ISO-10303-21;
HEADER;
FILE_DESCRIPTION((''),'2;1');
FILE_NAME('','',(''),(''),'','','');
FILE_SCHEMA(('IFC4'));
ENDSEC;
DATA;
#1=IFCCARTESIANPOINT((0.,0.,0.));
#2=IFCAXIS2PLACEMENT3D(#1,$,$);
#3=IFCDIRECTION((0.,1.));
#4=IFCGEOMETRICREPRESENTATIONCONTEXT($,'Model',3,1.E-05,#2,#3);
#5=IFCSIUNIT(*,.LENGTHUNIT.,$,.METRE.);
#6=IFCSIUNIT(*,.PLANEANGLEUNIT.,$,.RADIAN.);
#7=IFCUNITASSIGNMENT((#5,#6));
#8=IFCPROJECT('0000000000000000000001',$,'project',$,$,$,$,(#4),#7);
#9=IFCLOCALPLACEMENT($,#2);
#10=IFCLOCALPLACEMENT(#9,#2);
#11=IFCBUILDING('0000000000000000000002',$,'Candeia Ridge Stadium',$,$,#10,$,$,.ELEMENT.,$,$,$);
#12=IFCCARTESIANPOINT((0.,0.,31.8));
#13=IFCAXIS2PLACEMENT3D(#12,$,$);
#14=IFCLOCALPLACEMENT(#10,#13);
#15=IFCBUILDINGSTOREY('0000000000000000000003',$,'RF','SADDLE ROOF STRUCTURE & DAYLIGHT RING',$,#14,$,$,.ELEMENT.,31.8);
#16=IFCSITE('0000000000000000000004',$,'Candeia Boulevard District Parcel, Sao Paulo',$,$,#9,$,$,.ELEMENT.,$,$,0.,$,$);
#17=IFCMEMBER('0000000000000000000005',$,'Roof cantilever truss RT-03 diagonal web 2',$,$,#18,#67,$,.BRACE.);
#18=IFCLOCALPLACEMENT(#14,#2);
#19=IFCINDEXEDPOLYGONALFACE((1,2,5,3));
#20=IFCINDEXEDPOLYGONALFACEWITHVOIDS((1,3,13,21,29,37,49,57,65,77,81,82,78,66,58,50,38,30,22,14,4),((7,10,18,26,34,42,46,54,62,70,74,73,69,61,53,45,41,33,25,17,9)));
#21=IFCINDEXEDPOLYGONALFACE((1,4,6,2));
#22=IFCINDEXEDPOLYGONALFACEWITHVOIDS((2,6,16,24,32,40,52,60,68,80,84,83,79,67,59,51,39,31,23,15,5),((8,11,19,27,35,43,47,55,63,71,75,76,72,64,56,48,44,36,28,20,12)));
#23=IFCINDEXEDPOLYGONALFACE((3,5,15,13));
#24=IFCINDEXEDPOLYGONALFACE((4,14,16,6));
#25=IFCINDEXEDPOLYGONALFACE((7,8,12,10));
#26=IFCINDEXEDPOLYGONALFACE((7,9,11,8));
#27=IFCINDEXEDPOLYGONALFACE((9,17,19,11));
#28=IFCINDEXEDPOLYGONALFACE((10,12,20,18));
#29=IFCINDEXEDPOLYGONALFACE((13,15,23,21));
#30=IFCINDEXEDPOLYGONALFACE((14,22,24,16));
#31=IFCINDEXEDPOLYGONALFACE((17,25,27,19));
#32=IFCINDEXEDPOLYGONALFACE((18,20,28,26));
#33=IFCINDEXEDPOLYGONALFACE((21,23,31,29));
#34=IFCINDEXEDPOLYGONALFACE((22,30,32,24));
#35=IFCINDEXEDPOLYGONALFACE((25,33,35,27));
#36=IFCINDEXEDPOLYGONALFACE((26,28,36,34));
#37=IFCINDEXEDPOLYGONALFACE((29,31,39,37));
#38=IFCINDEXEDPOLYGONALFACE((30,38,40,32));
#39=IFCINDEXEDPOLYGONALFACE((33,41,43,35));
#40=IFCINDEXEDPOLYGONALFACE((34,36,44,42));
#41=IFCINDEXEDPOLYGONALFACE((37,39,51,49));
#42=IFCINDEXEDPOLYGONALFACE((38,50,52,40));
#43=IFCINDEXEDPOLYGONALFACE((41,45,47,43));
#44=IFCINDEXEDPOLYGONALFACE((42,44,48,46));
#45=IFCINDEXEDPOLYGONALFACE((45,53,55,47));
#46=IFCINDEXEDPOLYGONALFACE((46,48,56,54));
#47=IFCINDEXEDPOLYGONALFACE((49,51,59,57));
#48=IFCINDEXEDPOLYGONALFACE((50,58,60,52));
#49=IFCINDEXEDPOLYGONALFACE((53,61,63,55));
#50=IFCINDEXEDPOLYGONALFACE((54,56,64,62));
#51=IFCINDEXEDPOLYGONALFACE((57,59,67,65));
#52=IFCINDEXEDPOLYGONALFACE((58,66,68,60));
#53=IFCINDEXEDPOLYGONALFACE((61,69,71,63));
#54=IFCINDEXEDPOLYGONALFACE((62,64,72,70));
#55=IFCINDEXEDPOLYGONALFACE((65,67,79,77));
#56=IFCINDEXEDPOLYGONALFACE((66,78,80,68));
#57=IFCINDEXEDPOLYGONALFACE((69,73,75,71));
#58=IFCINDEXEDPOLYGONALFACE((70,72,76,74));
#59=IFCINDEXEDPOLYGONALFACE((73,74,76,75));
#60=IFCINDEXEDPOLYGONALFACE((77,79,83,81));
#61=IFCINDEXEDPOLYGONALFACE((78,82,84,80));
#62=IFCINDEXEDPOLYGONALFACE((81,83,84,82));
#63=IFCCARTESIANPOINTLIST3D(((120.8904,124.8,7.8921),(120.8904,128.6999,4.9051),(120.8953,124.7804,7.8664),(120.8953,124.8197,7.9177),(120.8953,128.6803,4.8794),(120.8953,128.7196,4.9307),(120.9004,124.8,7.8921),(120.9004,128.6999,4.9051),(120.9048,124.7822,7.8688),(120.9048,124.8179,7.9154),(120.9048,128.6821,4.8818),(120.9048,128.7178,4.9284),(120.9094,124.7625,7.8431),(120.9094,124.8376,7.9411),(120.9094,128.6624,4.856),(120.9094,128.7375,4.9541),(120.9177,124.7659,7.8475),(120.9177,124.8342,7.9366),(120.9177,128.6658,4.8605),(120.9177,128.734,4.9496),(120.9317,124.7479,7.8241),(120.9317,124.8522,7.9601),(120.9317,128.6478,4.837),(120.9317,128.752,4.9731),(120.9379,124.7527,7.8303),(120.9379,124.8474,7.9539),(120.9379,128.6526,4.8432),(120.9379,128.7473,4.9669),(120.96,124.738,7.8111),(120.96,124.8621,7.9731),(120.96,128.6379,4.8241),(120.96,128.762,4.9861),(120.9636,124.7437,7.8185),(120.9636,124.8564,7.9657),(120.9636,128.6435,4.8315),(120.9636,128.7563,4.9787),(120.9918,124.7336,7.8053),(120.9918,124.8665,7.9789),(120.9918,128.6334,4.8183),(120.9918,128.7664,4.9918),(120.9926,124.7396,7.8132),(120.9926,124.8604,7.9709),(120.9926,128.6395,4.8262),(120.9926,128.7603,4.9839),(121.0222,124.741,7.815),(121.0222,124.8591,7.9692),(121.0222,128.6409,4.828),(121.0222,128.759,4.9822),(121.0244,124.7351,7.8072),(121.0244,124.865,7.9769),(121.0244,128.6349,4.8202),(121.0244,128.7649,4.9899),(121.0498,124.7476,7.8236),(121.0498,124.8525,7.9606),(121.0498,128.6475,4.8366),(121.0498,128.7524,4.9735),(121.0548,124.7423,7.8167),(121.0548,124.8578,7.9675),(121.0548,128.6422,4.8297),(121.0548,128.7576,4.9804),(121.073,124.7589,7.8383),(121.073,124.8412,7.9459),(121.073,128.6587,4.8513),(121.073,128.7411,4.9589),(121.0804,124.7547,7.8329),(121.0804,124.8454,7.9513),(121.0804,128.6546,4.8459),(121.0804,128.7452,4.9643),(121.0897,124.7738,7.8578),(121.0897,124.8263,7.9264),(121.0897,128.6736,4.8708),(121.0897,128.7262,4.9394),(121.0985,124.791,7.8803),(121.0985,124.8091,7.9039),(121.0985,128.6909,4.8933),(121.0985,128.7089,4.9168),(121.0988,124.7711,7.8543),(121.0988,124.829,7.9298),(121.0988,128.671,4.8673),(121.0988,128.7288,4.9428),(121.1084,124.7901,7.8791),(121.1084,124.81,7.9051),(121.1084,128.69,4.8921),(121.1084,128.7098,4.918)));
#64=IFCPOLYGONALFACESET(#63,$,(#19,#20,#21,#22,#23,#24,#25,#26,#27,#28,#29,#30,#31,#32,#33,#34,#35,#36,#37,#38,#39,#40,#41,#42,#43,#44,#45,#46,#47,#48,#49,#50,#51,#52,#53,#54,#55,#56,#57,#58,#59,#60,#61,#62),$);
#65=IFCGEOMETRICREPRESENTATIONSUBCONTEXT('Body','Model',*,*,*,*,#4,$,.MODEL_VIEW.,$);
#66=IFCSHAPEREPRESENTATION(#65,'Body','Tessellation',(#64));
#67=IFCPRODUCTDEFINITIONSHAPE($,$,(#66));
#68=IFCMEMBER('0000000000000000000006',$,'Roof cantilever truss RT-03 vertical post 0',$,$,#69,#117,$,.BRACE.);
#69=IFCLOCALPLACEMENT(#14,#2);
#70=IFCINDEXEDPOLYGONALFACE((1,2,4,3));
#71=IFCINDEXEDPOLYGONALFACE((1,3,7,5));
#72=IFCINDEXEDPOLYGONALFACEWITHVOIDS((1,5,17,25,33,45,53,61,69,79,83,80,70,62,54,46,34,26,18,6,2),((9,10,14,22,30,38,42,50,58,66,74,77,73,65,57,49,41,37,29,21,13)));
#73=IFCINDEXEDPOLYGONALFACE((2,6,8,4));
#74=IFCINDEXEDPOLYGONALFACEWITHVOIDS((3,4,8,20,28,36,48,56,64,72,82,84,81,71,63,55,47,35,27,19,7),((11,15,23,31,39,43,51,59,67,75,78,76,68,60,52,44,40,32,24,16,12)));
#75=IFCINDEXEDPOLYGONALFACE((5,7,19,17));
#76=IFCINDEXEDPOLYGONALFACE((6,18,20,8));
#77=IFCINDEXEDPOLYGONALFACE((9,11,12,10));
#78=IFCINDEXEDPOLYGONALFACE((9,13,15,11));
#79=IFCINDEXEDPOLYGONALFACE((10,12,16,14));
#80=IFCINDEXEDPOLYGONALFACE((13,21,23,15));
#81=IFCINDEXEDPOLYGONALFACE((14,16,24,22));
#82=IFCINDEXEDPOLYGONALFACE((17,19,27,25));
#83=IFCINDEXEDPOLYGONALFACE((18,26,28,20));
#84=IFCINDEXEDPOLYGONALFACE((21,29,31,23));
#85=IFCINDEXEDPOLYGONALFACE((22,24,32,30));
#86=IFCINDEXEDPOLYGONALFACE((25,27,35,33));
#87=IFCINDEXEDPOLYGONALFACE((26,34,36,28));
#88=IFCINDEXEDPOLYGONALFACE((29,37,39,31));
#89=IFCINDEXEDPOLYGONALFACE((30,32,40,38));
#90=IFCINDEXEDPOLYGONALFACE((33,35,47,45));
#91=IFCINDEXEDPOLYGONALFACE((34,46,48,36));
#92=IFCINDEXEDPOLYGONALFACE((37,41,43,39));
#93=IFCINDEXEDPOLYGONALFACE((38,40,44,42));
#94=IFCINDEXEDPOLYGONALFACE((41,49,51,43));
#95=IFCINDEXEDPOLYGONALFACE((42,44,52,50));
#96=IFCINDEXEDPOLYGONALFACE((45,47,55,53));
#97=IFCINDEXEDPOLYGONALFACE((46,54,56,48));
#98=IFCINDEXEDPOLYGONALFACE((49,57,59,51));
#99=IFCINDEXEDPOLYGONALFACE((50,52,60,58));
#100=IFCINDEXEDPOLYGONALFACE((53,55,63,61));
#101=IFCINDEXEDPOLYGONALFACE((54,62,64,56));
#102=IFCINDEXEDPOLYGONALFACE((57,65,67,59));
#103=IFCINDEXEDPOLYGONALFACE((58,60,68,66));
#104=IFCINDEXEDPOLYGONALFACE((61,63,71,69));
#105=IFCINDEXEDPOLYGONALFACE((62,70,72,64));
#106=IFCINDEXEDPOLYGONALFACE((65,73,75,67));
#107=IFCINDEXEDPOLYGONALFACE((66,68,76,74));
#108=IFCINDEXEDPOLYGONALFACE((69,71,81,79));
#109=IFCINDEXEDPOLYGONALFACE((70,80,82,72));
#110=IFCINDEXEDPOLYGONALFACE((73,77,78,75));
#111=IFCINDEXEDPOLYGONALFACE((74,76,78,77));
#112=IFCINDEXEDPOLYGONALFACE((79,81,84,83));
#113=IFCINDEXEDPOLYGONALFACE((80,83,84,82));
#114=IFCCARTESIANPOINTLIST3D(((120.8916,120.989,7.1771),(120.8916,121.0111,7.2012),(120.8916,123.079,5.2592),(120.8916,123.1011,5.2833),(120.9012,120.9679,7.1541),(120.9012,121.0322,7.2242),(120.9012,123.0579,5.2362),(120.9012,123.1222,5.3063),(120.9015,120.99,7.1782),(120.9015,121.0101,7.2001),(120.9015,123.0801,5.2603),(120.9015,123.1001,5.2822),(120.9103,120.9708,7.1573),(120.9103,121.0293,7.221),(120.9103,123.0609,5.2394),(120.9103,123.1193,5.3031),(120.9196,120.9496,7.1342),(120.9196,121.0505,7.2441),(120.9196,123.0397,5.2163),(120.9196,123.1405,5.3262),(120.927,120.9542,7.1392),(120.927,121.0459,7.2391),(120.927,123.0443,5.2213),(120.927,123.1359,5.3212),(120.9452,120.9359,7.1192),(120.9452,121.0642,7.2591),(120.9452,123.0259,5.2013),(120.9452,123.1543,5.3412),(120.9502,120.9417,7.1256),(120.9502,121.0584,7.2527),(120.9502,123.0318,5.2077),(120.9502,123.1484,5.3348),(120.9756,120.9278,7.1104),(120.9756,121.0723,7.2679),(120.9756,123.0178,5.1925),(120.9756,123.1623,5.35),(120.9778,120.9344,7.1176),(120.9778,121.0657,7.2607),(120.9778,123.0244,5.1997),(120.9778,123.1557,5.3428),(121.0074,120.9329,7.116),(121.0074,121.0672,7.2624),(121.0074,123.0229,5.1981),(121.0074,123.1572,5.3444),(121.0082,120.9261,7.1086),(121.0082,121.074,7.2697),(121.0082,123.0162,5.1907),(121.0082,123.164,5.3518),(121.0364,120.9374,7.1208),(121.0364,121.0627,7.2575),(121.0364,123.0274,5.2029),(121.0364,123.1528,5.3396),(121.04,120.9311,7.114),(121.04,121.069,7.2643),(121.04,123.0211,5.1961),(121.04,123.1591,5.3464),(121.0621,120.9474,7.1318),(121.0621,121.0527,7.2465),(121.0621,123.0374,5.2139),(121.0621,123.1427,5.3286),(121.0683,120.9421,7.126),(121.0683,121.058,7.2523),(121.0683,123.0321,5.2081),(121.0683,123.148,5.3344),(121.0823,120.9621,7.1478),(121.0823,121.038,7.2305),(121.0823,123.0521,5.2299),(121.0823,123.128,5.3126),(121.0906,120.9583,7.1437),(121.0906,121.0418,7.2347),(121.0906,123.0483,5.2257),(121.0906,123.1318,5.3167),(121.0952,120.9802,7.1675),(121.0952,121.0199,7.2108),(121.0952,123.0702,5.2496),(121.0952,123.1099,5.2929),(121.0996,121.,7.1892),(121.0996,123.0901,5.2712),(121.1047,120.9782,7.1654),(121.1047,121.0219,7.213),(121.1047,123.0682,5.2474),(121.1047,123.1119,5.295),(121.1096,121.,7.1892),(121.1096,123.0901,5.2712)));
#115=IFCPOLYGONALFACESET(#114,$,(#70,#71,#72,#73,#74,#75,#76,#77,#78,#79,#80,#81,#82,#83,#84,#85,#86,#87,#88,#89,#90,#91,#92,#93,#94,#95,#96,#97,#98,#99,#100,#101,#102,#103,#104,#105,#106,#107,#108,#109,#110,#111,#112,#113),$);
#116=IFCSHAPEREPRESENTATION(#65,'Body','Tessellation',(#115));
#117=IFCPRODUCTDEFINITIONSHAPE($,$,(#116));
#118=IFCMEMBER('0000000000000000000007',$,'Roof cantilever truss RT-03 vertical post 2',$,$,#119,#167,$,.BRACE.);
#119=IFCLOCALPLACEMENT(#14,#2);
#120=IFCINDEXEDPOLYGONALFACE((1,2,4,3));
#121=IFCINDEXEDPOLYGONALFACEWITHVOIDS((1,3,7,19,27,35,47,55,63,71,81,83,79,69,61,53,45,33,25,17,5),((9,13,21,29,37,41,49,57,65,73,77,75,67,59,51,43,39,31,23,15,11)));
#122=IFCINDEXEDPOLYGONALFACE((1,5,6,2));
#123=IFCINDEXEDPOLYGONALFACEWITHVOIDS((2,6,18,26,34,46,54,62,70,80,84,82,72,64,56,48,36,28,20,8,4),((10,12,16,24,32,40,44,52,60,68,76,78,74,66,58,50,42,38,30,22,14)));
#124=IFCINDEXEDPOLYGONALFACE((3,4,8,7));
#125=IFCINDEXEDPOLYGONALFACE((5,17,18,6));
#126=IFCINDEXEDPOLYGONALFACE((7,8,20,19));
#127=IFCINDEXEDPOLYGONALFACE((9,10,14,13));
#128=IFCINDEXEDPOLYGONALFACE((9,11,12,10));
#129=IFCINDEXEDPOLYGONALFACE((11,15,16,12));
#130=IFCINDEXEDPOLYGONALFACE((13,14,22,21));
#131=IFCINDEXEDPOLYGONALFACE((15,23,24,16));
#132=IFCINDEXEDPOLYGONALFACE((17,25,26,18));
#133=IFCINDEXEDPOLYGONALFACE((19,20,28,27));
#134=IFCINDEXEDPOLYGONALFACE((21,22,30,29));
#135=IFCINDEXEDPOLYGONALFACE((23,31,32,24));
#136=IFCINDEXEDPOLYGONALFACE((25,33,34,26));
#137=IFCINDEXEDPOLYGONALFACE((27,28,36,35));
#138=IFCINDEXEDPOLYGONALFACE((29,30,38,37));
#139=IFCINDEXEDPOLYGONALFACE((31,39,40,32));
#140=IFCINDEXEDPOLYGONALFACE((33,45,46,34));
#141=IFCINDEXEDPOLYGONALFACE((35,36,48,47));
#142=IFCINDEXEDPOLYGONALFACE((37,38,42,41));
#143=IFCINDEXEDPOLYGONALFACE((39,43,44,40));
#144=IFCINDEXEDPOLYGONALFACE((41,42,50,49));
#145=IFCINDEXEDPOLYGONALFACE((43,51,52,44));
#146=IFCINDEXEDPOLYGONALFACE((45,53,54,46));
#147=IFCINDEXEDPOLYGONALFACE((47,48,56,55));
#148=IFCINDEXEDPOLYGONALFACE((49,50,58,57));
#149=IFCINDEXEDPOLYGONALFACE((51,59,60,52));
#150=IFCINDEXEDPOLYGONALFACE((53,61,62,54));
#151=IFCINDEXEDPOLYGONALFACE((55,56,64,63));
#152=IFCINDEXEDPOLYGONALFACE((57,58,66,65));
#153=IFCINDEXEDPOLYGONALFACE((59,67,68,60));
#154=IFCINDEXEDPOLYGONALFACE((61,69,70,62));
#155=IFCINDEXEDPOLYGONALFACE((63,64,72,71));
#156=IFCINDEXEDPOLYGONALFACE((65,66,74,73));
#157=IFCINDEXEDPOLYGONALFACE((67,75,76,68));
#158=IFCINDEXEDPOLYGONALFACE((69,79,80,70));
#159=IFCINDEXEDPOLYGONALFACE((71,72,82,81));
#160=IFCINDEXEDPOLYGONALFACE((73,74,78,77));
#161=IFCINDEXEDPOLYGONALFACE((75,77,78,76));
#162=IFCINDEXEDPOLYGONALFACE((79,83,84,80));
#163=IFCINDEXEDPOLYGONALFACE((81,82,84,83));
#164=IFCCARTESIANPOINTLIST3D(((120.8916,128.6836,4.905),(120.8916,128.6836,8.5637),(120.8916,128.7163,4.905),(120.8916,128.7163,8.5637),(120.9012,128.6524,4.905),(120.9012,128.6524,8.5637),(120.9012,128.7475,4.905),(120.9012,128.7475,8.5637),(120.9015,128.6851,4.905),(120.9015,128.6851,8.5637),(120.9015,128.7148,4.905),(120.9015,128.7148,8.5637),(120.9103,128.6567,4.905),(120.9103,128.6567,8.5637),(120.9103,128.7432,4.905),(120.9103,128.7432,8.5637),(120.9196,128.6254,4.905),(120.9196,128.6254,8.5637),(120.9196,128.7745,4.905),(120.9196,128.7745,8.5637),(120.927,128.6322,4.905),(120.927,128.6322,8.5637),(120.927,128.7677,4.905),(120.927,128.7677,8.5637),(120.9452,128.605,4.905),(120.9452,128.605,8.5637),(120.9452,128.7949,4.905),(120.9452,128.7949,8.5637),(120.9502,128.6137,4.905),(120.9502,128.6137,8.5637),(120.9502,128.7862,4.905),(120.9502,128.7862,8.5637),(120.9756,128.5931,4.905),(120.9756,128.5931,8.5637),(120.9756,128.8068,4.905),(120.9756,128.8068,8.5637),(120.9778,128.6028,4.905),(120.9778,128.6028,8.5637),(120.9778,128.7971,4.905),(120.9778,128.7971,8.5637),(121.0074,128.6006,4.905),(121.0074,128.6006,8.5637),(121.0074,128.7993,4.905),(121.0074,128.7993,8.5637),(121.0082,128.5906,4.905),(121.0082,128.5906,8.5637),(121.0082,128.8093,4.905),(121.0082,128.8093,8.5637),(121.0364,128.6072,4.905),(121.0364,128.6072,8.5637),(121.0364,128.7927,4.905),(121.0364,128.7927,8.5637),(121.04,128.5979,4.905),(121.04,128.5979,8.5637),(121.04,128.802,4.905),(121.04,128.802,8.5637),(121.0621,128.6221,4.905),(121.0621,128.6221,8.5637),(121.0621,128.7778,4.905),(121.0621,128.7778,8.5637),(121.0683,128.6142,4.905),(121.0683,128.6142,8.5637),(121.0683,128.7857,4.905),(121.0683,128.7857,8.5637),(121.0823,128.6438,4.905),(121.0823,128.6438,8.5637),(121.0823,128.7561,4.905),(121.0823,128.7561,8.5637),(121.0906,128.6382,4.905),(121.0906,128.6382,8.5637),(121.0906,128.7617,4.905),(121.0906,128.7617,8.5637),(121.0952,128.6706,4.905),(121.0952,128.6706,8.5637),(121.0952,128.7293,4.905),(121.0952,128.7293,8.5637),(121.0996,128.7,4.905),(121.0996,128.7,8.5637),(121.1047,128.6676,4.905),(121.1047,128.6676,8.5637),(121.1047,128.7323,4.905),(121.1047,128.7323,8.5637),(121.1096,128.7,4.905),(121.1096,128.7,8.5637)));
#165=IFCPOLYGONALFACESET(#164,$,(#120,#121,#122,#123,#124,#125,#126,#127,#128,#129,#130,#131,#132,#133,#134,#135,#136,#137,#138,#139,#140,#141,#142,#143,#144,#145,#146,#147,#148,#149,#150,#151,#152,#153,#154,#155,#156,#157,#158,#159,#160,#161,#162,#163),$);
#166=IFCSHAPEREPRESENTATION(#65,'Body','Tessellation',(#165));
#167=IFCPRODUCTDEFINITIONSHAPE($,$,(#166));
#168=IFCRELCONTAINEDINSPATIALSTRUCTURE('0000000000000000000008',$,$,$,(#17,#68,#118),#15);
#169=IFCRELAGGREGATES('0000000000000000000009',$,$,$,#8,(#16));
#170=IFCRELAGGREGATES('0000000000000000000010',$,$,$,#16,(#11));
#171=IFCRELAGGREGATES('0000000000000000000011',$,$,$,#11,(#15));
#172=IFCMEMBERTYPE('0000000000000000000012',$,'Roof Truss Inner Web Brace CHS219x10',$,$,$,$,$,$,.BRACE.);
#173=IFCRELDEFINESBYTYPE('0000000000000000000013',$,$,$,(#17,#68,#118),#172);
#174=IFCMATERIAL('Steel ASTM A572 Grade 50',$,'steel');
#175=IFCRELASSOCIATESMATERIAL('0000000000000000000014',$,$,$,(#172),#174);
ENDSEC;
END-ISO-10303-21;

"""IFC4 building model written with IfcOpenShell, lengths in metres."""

from ifc_helpers import new_model, si_unit, direction, frame, origin, origin_2d, place, context, subcontext, project, spatial, hollow_circle, extrude, material, material_profile, profile_set, type_object, element, save


model = new_model("IFC4")

# Units and contexts
model_context = context("Model", 3, precision=1e-05, world=origin(), true_north=direction((0.0, 1.0)))
body_context = subcontext(model_context, "Body", "Model", "MODEL_VIEW")
ifc_project = project(units=[si_unit("LENGTHUNIT", "METRE"), si_unit("PLANEANGLEUNIT", "RADIAN")], contexts=[model_context])

# Site, building, storey
site_placement = place(None, origin())
site = spatial("IfcSite", under=ifc_project, at=site_placement, Name="Candeia Boulevard District Parcel, Sao Paulo", CompositionType="ELEMENT", RefElevation=0.0)
building_placement = place(site_placement, origin())
building = spatial("IfcBuilding", under=site, at=building_placement, Name="Candeia Ridge Stadium", CompositionType="ELEMENT")
storey_placement = place(building_placement, frame((0.0, 0.0, 31.8)))
storey = spatial("IfcBuildingStorey", under=building, at=storey_placement, Name="RF", Description="SADDLE ROOF STRUCTURE & DAYLIGHT RING", CompositionType="ELEMENT", Elevation=31.8)

# Shared definitions
ifc_material_1 = material(Name="Steel ASTM A572 Grade 50", Category="steel")

# Members
ifc_material_profile_1 = material_profile(ifc_material_1, hollow_circle(Radius=0.1096, WallThickness=0.01, at=origin_2d()), Name="CHS219x10", Category="steel")
ifc_profile_set_1 = profile_set([ifc_material_profile_1], Name="Steel ASTM A572 Grade 50")
member_type_1 = type_object("IfcMemberType", Name="Roof Truss Inner Web Brace CHS219x10", PredefinedType="BRACE", material=ifc_profile_set_1)
member_1_placement = place(storey_placement, frame((121.0, 124.8, 7.8921), z_axis=(0.0, 0.793888, -0.608064), x_axis=(-1.0, 0.0, 0.0)))
element("IfcMember", 1, at=member_1_placement, inside=storey, type_object=member_type_1, Name="Roof cantilever truss RT-03 diagonal web 2", PredefinedType="BRACE", context=body_context, shape_type="SweptSolid", body=[
    extrude(hollow_circle(Radius=0.1096, WallThickness=0.01, at=origin_2d()), origin(), (0.0, 0.0, 1.0), 4.9124),
])
member_2_placement = place(storey_placement, frame((121.0, 123.0901, 5.2712), z_axis=(0.0, -0.736793, 0.676118), x_axis=(1.0, 0.0, 0.0)))
element("IfcMember", 2, at=member_2_placement, inside=storey, type_object=member_type_1, Name="Roof cantilever truss RT-03 vertical post 0", PredefinedType="BRACE", context=body_context, shape_type="SweptSolid", body=[
    extrude(hollow_circle(Radius=0.1096, WallThickness=0.01, at=origin_2d()), origin(), (0.0, 0.0, 1.0), 2.8367),
])
member_3_placement = place(storey_placement, frame((121.0, 128.7, 4.905), z_axis=(0.0, 0.0, 1.0), x_axis=(1.0, 0.0, 0.0)))
element("IfcMember", 3, at=member_3_placement, inside=storey, type_object=member_type_1, Name="Roof cantilever truss RT-03 vertical post 2", PredefinedType="BRACE", context=body_context, shape_type="SweptSolid", body=[
    extrude(hollow_circle(Radius=0.1096, WallThickness=0.01, at=origin_2d()), origin(), (0.0, 0.0, 1.0), 3.6587),
])

save(model, "model.ifc")
